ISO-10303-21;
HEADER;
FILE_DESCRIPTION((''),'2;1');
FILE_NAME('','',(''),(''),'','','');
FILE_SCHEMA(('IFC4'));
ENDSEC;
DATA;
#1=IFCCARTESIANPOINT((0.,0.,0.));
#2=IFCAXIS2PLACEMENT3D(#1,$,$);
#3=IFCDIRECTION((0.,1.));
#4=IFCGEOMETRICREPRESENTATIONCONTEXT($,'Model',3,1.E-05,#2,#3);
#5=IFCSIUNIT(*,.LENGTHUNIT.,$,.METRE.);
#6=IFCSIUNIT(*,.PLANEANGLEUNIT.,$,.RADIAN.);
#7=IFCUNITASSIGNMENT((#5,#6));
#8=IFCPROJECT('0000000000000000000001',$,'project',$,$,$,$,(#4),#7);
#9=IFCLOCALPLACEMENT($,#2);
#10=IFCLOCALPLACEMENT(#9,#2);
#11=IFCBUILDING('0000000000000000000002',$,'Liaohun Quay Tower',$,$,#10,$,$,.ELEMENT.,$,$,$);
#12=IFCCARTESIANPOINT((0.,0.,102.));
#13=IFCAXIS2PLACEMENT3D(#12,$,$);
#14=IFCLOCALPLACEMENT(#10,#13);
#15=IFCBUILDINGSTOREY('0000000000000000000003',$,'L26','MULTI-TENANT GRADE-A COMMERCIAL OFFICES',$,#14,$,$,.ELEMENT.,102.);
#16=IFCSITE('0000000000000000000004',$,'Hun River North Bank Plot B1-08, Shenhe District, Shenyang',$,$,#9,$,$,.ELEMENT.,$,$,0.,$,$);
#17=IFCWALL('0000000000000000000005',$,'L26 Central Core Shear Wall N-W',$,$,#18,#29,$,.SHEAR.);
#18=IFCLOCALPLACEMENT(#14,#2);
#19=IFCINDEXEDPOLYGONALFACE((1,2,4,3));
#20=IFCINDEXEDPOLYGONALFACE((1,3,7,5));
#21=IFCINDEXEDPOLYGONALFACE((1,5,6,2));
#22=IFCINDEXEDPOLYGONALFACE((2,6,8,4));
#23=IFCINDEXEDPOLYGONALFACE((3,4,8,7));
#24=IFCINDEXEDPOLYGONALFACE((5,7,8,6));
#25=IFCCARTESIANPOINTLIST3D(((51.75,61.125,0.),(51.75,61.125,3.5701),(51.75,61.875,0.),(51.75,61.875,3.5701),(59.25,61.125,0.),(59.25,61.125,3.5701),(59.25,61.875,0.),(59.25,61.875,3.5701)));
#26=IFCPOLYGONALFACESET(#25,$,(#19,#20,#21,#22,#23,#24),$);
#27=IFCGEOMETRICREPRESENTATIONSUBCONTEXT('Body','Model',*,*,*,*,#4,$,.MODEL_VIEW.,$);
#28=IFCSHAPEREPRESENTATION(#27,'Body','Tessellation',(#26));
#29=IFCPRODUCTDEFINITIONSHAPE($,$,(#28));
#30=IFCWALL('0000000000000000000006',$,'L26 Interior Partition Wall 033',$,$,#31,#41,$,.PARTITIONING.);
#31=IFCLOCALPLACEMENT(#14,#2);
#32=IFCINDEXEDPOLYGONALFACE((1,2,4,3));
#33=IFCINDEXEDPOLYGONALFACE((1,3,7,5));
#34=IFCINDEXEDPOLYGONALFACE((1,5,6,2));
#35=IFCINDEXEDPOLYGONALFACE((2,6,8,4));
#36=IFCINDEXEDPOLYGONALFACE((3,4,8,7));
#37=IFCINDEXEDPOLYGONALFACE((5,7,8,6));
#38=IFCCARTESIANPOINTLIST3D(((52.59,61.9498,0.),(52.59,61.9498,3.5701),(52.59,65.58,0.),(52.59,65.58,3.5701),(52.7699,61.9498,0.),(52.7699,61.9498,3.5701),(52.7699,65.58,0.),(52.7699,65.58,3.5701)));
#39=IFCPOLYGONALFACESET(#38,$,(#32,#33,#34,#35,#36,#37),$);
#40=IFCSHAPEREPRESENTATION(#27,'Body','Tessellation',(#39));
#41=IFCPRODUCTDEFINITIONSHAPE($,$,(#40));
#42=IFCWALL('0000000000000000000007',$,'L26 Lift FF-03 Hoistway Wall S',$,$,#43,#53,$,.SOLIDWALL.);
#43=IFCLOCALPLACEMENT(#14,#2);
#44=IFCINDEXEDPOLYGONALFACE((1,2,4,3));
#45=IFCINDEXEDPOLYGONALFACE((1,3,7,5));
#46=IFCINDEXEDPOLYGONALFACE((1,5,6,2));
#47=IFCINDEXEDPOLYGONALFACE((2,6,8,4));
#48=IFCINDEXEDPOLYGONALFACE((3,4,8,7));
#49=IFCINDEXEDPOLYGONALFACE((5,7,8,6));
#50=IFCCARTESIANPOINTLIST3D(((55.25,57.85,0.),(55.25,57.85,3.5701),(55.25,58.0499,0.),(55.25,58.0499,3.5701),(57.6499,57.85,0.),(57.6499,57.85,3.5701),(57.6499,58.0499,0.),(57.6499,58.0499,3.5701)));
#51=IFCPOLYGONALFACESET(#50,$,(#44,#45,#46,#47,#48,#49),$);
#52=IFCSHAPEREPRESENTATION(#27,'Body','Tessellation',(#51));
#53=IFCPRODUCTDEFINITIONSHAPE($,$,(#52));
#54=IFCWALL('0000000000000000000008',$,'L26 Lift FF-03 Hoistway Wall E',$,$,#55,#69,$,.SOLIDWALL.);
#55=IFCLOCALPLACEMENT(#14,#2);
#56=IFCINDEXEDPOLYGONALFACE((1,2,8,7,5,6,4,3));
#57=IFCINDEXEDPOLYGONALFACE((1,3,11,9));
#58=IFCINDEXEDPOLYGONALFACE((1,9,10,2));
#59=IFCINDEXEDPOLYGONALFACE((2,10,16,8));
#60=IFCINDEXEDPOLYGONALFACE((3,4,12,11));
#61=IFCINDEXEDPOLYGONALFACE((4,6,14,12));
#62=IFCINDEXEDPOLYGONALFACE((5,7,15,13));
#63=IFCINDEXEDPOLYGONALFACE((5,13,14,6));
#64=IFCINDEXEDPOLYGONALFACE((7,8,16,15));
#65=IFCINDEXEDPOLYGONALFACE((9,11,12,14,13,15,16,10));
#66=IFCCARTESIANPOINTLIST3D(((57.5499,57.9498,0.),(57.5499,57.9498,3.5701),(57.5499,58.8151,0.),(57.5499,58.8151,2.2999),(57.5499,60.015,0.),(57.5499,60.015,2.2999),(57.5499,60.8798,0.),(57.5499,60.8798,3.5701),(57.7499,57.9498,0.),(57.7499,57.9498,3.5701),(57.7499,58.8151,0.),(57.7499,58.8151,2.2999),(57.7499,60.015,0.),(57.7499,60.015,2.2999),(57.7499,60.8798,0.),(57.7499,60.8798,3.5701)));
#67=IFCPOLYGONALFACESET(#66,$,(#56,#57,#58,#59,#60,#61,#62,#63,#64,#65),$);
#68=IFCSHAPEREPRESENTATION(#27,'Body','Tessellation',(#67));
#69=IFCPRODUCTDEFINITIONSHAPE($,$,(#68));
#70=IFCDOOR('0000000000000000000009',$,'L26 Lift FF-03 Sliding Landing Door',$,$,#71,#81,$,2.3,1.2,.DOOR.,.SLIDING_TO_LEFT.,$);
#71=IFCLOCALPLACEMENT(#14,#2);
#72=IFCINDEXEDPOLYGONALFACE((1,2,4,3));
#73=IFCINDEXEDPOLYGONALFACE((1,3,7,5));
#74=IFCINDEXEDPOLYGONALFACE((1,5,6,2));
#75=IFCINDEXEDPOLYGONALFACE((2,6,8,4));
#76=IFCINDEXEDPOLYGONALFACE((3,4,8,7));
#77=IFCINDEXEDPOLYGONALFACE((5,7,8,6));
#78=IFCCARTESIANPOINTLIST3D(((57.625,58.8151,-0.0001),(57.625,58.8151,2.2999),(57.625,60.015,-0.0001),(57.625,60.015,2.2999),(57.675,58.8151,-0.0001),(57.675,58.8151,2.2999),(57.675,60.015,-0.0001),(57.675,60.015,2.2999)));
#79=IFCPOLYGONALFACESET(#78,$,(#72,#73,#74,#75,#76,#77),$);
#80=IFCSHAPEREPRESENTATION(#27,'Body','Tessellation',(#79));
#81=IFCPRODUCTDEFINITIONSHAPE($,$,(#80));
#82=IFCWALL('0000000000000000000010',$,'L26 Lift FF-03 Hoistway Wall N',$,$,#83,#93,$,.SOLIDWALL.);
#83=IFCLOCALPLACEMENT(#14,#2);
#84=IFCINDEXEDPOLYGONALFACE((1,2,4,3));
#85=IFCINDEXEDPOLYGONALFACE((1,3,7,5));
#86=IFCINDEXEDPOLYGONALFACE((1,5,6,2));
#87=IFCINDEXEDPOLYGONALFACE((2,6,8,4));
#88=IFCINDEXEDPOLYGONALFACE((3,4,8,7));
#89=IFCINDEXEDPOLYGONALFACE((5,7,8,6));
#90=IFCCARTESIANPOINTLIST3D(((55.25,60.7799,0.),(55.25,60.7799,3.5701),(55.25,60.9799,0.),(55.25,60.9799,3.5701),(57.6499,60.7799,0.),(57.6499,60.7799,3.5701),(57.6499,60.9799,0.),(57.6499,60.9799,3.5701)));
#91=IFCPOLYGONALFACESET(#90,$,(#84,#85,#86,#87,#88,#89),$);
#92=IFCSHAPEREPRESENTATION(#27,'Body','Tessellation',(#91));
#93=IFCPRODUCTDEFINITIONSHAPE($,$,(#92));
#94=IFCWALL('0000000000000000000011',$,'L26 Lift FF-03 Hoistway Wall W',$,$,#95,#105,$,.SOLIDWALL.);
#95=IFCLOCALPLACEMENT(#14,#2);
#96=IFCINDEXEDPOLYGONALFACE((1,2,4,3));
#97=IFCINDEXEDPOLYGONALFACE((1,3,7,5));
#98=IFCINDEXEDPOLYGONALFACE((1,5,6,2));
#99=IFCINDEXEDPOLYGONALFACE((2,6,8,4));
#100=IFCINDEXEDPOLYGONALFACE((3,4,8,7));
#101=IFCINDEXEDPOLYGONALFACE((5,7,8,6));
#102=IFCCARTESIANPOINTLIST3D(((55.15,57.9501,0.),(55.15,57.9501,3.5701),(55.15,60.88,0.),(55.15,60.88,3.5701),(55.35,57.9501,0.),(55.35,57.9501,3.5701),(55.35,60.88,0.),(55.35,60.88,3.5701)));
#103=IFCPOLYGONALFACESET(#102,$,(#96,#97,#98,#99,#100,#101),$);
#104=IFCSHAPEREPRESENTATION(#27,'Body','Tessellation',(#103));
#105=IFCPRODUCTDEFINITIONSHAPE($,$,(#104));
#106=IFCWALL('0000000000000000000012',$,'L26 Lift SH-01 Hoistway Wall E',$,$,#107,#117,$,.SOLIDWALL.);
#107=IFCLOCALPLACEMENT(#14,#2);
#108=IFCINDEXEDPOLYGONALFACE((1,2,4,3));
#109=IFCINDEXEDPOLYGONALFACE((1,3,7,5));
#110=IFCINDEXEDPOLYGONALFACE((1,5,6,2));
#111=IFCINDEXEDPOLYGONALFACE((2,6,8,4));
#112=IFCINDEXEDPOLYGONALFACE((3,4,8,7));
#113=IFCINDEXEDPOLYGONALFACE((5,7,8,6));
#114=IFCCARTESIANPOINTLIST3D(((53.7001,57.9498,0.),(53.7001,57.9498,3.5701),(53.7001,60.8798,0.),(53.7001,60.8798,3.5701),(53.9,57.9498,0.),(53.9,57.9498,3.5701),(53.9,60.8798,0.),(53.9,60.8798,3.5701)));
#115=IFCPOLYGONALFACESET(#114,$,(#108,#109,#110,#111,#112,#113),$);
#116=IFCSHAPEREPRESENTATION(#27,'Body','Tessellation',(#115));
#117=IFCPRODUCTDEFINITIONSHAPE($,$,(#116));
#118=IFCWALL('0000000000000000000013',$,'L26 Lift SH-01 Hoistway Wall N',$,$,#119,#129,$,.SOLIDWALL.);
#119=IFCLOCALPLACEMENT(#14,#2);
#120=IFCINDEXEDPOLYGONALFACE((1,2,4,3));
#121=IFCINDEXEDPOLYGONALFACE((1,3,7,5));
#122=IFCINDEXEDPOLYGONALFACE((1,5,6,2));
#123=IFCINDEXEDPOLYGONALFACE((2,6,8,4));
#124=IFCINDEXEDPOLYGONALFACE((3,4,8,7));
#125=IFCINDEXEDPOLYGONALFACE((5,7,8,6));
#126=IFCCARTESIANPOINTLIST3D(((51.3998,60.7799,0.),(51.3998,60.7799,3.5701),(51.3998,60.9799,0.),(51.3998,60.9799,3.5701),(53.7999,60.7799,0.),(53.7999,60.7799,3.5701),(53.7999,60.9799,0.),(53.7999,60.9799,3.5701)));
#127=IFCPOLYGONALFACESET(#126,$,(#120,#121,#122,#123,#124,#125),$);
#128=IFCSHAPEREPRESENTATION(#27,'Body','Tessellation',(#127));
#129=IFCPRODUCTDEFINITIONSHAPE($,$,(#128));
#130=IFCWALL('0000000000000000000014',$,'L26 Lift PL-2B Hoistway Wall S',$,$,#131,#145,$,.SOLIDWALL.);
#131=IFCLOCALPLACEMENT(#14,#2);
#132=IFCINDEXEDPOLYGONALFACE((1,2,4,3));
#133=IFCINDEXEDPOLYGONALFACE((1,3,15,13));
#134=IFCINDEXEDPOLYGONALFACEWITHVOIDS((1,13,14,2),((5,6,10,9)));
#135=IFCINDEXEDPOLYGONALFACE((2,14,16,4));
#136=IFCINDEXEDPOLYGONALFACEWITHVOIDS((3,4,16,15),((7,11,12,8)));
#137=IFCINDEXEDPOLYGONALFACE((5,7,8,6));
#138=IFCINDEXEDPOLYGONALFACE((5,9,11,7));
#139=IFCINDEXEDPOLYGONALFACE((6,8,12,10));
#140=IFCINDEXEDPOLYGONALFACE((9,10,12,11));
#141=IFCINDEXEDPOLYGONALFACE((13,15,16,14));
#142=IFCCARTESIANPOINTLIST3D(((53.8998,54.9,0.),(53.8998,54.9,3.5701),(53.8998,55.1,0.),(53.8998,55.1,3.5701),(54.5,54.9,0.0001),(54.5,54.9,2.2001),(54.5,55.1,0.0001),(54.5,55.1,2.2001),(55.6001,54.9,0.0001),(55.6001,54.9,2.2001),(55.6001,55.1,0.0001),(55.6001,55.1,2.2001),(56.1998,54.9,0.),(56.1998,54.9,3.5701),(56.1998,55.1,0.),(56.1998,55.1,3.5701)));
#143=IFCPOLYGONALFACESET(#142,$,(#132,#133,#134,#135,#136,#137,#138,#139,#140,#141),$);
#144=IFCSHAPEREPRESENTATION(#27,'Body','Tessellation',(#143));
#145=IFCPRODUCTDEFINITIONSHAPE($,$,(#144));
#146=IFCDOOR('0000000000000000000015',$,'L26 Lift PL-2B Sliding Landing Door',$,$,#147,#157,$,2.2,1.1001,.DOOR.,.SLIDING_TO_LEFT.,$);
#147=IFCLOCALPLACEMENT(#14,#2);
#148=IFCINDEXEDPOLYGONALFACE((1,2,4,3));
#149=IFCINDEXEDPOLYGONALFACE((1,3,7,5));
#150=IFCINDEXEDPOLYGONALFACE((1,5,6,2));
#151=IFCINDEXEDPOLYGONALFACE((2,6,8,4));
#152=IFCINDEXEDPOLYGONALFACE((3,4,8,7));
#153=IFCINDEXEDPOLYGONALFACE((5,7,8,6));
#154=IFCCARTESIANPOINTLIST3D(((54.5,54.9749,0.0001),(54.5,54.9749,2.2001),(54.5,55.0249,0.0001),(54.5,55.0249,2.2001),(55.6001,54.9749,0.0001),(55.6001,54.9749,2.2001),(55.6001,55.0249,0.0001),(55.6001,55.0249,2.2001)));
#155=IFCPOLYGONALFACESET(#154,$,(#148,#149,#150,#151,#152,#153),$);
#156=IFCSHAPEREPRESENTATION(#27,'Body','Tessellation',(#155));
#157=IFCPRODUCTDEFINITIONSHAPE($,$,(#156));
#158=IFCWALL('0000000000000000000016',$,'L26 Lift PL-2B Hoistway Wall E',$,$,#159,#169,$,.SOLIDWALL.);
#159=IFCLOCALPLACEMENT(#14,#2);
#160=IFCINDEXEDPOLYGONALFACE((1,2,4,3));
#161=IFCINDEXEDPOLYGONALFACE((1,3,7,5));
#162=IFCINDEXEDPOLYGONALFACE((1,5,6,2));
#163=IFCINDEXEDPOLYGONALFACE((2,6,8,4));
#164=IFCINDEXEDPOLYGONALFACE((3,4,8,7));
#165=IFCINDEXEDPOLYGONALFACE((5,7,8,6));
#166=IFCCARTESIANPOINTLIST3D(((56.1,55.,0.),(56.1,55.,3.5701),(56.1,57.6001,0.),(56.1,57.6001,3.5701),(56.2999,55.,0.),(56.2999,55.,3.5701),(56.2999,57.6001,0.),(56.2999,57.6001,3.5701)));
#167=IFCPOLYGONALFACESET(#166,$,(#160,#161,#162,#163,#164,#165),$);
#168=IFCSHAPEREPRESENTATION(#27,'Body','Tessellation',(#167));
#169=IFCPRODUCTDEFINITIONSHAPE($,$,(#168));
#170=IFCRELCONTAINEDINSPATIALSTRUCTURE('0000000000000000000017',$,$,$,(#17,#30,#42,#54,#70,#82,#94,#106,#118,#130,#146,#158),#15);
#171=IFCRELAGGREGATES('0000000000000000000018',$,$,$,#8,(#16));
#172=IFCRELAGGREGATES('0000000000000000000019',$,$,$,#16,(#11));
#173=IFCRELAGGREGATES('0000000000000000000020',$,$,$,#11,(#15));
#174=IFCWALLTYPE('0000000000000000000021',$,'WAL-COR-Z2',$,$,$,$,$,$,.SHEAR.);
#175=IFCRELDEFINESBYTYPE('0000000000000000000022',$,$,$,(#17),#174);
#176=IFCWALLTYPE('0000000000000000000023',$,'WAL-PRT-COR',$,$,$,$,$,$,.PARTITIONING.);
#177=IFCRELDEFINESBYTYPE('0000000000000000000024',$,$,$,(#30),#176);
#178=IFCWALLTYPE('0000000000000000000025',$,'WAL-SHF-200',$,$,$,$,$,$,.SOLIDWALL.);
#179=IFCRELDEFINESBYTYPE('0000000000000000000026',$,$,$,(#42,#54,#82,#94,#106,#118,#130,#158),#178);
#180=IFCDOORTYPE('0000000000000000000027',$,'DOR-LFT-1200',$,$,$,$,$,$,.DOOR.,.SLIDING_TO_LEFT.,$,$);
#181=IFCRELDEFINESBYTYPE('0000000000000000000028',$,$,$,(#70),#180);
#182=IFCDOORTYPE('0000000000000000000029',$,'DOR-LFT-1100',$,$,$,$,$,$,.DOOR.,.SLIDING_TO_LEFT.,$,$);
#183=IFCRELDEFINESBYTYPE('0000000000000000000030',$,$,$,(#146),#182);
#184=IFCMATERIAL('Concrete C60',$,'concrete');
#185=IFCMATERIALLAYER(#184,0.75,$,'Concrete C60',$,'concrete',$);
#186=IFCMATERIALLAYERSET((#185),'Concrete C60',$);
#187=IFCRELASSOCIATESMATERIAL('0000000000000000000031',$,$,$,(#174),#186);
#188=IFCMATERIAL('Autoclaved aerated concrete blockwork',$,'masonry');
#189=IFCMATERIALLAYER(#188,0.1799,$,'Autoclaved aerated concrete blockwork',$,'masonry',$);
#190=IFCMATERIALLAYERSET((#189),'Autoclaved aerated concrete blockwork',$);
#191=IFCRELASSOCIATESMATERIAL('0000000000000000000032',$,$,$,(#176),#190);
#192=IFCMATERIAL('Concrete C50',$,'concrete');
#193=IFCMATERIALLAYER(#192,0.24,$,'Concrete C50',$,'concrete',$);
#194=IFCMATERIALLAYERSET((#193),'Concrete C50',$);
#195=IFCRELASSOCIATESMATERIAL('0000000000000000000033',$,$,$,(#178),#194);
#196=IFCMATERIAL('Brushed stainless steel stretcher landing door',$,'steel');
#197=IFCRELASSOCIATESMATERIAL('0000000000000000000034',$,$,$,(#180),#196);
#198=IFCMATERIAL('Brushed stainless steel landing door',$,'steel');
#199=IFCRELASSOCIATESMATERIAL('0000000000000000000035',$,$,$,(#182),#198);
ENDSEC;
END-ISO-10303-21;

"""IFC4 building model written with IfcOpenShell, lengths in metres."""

from ifc_helpers import new_model, si_unit, direction, frame, frame_2d, origin, place, context, subcontext, project, spatial, rectangle, extrude, source, transform, mapped, material, layer, layer_set, type_object, element, fill, save


model = new_model("IFC4")

# Units and contexts
model_context = context("Model", 3, precision=1e-05, world=origin(), true_north=direction((0.0, 1.0)))
body_context = subcontext(model_context, "Body", "Model", "MODEL_VIEW")
ifc_project = project(units=[si_unit("LENGTHUNIT", "METRE"), si_unit("PLANEANGLEUNIT", "RADIAN")], contexts=[model_context])

# Site, building, storey
site_placement = place(None, origin())
site = spatial("IfcSite", under=ifc_project, at=site_placement, Name="Hun River North Bank Plot B1-08, Shenhe District, Shenyang", CompositionType="ELEMENT", RefElevation=0.0)
building_placement = place(site_placement, origin())
building = spatial("IfcBuilding", under=site, at=building_placement, Name="Liaohun Quay Tower", CompositionType="ELEMENT")
storey_placement = place(building_placement, frame((0.0, 0.0, 102.0)))
storey = spatial("IfcBuildingStorey", under=building, at=storey_placement, Name="L26", Description="MULTI-TENANT GRADE-A COMMERCIAL OFFICES", CompositionType="ELEMENT", Elevation=102.0)

# Walls
ifc_material_1 = material(Name="Concrete C60", Category="concrete")
ifc_layer_1 = layer(ifc_material_1, 0.75, Name="Concrete C60", Category="concrete")
ifc_layer_set_1 = layer_set([ifc_layer_1], Name="Concrete C60")
wall_type_1 = type_object("IfcWallType", Name="WAL-COR-Z2", PredefinedType="SHEAR", material=ifc_layer_set_1)
wall_1_placement = place(storey_placement, frame((51.75, 61.5, 0.0), z_axis=(0.0, 0.0, 1.0), x_axis=(1.0, 0.0, 0.0)))
element("IfcWall", 1, at=wall_1_placement, inside=storey, type_object=wall_type_1, Name="L26 Central Core Shear Wall N-W", PredefinedType="SHEAR", context=body_context, shape_type="SweptSolid", body=[
    extrude(rectangle(XDim=7.5, YDim=0.75, at=frame_2d((3.75, 0.0))), origin(), (0.0, 0.0, 1.0), 3.5701),
])
ifc_material_2 = material(Name="Autoclaved aerated concrete blockwork", Category="masonry")
ifc_layer_2 = layer(ifc_material_2, 0.1799, Name="Autoclaved aerated concrete blockwork", Category="masonry")
ifc_layer_set_2 = layer_set([ifc_layer_2], Name="Autoclaved aerated concrete blockwork")
wall_type_2 = type_object("IfcWallType", Name="WAL-PRT-COR", PredefinedType="PARTITIONING", material=ifc_layer_set_2)
wall_2_placement = place(storey_placement, frame((52.6799, 61.95, 0.0), z_axis=(0.0, 0.0, 1.0), x_axis=(0.0, 1.0, 0.0)))
element("IfcWall", 2, at=wall_2_placement, inside=storey, type_object=wall_type_2, Name="L26 Interior Partition Wall 033", PredefinedType="PARTITIONING", context=body_context, shape_type="SweptSolid", body=[
    extrude(rectangle(XDim=3.6301, YDim=0.1799, at=frame_2d((1.8149, 0.0))), origin(), (0.0, 0.0, 1.0), 3.5701),
])
ifc_material_3 = material(Name="Concrete C50", Category="concrete")
ifc_layer_3 = layer(ifc_material_3, 0.24, Name="Concrete C50", Category="concrete")
ifc_layer_set_3 = layer_set([ifc_layer_3], Name="Concrete C50")
wall_type_3 = type_object("IfcWallType", Name="WAL-SHF-200", PredefinedType="SOLIDWALL", material=ifc_layer_set_3)
wall_3_placement = place(storey_placement, frame((55.25, 57.95, 0.0), z_axis=(0.0, 0.0, 1.0), x_axis=(1.0, 0.0, 0.0)))
element("IfcWall", 3, at=wall_3_placement, inside=storey, type_object=wall_type_3, Name="L26 Lift FF-03 Hoistway Wall S", PredefinedType="SOLIDWALL", context=body_context, shape_type="SweptSolid", body=[
    extrude(rectangle(XDim=2.3999, YDim=0.2, at=frame_2d((1.2, 0.0))), origin(), (0.0, 0.0, 1.0), 3.5701),
])

# Wall, opening, door
wall_4_placement = place(storey_placement, frame((57.6499, 57.95, 0.0), z_axis=(0.0, 0.0, 1.0), x_axis=(0.0, 1.0, 0.0)))
wall_4 = element("IfcWall", 4, at=wall_4_placement, inside=storey, type_object=wall_type_3, Name="L26 Lift FF-03 Hoistway Wall E", PredefinedType="SOLIDWALL", context=body_context, shape_type="SweptSolid", body=[
    extrude(rectangle(XDim=2.9299, YDim=0.2, at=frame_2d((1.4648, 0.0))), origin(), (0.0, 0.0, 1.0), 3.5701),
])
shared_shape_1 = source(origin(), body_context, "Body", "SweptSolid", [
    extrude(rectangle(XDim=1.2, YDim=2.3, at=frame_2d((0.6001, 1.1499))), frame((0.0, 0.1099, 0.0), z_axis=(0.0, -1.0, 0.0), x_axis=(1.0, 0.0, 0.0)), (0.0, 0.0, 1.0), 0.22),
])
opening_1_placement = place(wall_4_placement, frame((0.865, 0.0, 0.0)))
opening_1 = element("IfcOpeningElement", 5, at=opening_1_placement, cuts=wall_4, PredefinedType="OPENING", context=body_context, shape_type="MappedRepresentation", body=[
    mapped(shared_shape_1, transform((0.0, 0.0, 0.0), x_axis=(1.0, 0.0, 0.0), y_axis=(0.0, 1.0, 0.0), z_axis=(0.0, 0.0, 1.0), scale=1.0)),
])
ifc_material_4 = material(Name="Brushed stainless steel stretcher landing door", Category="steel")
door_type_1 = type_object("IfcDoorType", Name="DOR-LFT-1200", OperationType="SLIDING_TO_LEFT", PredefinedType="DOOR", material=ifc_material_4)
shared_shape_2 = source(origin(), body_context, "Body", "SweptSolid", [
    extrude(rectangle(XDim=1.2, YDim=2.3, at=frame_2d((0.6001, 1.1499))), frame((0.0, 0.0249, 0.0), z_axis=(0.0, -1.0, 0.0), x_axis=(1.0, 0.0, 0.0)), (0.0, 0.0, 1.0), 0.05),
])
door_1_placement = place(opening_1_placement, origin())
door_1 = element("IfcDoor", 6, at=door_1_placement, inside=storey, type_object=door_type_1, Name="L26 Lift FF-03 Sliding Landing Door", OperationType="SLIDING_TO_LEFT", OverallHeight=2.3, OverallWidth=1.2, PredefinedType="DOOR", context=body_context, shape_type="MappedRepresentation", body=[
    mapped(shared_shape_2, transform((0.0, 0.0, 0.0), x_axis=(1.0, 0.0, 0.0), y_axis=(0.0, 1.0, 0.0), z_axis=(0.0, 0.0, 1.0), scale=1.0)),
])
fill(opening_1, door_1)

# Walls
wall_5_placement = place(storey_placement, frame((57.6499, 60.8799, 0.0), z_axis=(0.0, 0.0, 1.0), x_axis=(-1.0, 0.0, 0.0)))
element("IfcWall", 7, at=wall_5_placement, inside=storey, type_object=wall_type_3, Name="L26 Lift FF-03 Hoistway Wall N", PredefinedType="SOLIDWALL", context=body_context, shape_type="SweptSolid", body=[
    extrude(rectangle(XDim=2.3999, YDim=0.2, at=frame_2d((1.2, 0.0))), origin(), (0.0, 0.0, 1.0), 3.5701),
])
for number, where, z_axis, x_axis, name in (
    (8, (55.25, 60.8799, 0.0), (0.0, 0.0, 1.0), (0.0, -1.0, 0.0), "L26 Lift FF-03 Hoistway Wall W"),
    (9, (53.8, 57.95, 0.0), (0.0, 0.0, 1.0), (0.0, 1.0, 0.0), "L26 Lift SH-01 Hoistway Wall E"),
):
    element("IfcWall", number, at=place(storey_placement, frame(where, z_axis=z_axis, x_axis=x_axis)), inside=storey, type_object=wall_type_3, Name=name, PredefinedType="SOLIDWALL", context=body_context, shape_type="SweptSolid", body=[
        extrude(rectangle(XDim=2.9299, YDim=0.2, at=frame_2d((1.4648, 0.0))), origin(), (0.0, 0.0, 1.0), 3.5701),
    ])
wall_6_placement = place(storey_placement, frame((53.8, 60.8799, 0.0), z_axis=(0.0, 0.0, 1.0), x_axis=(-1.0, 0.0, 0.0)))
element("IfcWall", 10, at=wall_6_placement, inside=storey, type_object=wall_type_3, Name="L26 Lift SH-01 Hoistway Wall N", PredefinedType="SOLIDWALL", context=body_context, shape_type="SweptSolid", body=[
    extrude(rectangle(XDim=2.4001, YDim=0.2, at=frame_2d((1.2002, 0.0))), origin(), (0.0, 0.0, 1.0), 3.5701),
])

# Wall, opening, door
wall_7_placement = place(storey_placement, frame((53.8999, 55.0, 0.0), z_axis=(0.0, 0.0, 1.0), x_axis=(1.0, 0.0, 0.0)))
wall_7 = element("IfcWall", 11, at=wall_7_placement, inside=storey, type_object=wall_type_3, Name="L26 Lift PL-2B Hoistway Wall S", PredefinedType="SOLIDWALL", context=body_context, shape_type="SweptSolid", body=[
    extrude(rectangle(XDim=2.3, YDim=0.2, at=frame_2d((1.1499, 0.0))), origin(), (0.0, 0.0, 1.0), 3.5701),
])
shared_shape_3 = source(origin(), body_context, "Body", "SweptSolid", [
    extrude(rectangle(XDim=1.1001, YDim=2.2, at=frame_2d((0.55, 1.1001))), frame((0.0, 0.1099, 0.0), z_axis=(0.0, -1.0, 0.0), x_axis=(1.0, 0.0, 0.0)), (0.0, 0.0, 1.0), 0.22),
])
opening_2_placement = place(wall_7_placement, frame((0.6001, 0.0, 0.0)))
opening_2 = element("IfcOpeningElement", 12, at=opening_2_placement, cuts=wall_7, PredefinedType="OPENING", context=body_context, shape_type="MappedRepresentation", body=[
    mapped(shared_shape_3, transform((0.0, 0.0, 0.0), x_axis=(1.0, 0.0, 0.0), y_axis=(0.0, 1.0, 0.0), z_axis=(0.0, 0.0, 1.0), scale=1.0)),
])
ifc_material_5 = material(Name="Brushed stainless steel landing door", Category="steel")
door_type_2 = type_object("IfcDoorType", Name="DOR-LFT-1100", OperationType="SLIDING_TO_LEFT", PredefinedType="DOOR", material=ifc_material_5)
shared_shape_4 = source(origin(), body_context, "Body", "SweptSolid", [
    extrude(rectangle(XDim=1.1001, YDim=2.2, at=frame_2d((0.55, 1.1001))), frame((0.0, 0.0249, 0.0), z_axis=(0.0, -1.0, 0.0), x_axis=(1.0, 0.0, 0.0)), (0.0, 0.0, 1.0), 0.05),
])
door_2_placement = place(opening_2_placement, origin())
door_2 = element("IfcDoor", 13, at=door_2_placement, inside=storey, type_object=door_type_2, Name="L26 Lift PL-2B Sliding Landing Door", OperationType="SLIDING_TO_LEFT", OverallHeight=2.2, OverallWidth=1.1001, PredefinedType="DOOR", context=body_context, shape_type="MappedRepresentation", body=[
    mapped(shared_shape_4, transform((0.0, 0.0, 0.0), x_axis=(1.0, 0.0, 0.0), y_axis=(0.0, 1.0, 0.0), z_axis=(0.0, 0.0, 1.0), scale=1.0)),
])
fill(opening_2, door_2)

# Wall
wall_8_placement = place(storey_placement, frame((56.2, 55.0, 0.0), z_axis=(0.0, 0.0, 1.0), x_axis=(0.0, 1.0, 0.0)))
element("IfcWall", 14, at=wall_8_placement, inside=storey, type_object=wall_type_3, Name="L26 Lift PL-2B Hoistway Wall E", PredefinedType="SOLIDWALL", context=body_context, shape_type="SweptSolid", body=[
    extrude(rectangle(XDim=2.6001, YDim=0.2, at=frame_2d((1.3, 0.0))), origin(), (0.0, 0.0, 1.0), 3.5701),
])

save(model, "model.ifc")
